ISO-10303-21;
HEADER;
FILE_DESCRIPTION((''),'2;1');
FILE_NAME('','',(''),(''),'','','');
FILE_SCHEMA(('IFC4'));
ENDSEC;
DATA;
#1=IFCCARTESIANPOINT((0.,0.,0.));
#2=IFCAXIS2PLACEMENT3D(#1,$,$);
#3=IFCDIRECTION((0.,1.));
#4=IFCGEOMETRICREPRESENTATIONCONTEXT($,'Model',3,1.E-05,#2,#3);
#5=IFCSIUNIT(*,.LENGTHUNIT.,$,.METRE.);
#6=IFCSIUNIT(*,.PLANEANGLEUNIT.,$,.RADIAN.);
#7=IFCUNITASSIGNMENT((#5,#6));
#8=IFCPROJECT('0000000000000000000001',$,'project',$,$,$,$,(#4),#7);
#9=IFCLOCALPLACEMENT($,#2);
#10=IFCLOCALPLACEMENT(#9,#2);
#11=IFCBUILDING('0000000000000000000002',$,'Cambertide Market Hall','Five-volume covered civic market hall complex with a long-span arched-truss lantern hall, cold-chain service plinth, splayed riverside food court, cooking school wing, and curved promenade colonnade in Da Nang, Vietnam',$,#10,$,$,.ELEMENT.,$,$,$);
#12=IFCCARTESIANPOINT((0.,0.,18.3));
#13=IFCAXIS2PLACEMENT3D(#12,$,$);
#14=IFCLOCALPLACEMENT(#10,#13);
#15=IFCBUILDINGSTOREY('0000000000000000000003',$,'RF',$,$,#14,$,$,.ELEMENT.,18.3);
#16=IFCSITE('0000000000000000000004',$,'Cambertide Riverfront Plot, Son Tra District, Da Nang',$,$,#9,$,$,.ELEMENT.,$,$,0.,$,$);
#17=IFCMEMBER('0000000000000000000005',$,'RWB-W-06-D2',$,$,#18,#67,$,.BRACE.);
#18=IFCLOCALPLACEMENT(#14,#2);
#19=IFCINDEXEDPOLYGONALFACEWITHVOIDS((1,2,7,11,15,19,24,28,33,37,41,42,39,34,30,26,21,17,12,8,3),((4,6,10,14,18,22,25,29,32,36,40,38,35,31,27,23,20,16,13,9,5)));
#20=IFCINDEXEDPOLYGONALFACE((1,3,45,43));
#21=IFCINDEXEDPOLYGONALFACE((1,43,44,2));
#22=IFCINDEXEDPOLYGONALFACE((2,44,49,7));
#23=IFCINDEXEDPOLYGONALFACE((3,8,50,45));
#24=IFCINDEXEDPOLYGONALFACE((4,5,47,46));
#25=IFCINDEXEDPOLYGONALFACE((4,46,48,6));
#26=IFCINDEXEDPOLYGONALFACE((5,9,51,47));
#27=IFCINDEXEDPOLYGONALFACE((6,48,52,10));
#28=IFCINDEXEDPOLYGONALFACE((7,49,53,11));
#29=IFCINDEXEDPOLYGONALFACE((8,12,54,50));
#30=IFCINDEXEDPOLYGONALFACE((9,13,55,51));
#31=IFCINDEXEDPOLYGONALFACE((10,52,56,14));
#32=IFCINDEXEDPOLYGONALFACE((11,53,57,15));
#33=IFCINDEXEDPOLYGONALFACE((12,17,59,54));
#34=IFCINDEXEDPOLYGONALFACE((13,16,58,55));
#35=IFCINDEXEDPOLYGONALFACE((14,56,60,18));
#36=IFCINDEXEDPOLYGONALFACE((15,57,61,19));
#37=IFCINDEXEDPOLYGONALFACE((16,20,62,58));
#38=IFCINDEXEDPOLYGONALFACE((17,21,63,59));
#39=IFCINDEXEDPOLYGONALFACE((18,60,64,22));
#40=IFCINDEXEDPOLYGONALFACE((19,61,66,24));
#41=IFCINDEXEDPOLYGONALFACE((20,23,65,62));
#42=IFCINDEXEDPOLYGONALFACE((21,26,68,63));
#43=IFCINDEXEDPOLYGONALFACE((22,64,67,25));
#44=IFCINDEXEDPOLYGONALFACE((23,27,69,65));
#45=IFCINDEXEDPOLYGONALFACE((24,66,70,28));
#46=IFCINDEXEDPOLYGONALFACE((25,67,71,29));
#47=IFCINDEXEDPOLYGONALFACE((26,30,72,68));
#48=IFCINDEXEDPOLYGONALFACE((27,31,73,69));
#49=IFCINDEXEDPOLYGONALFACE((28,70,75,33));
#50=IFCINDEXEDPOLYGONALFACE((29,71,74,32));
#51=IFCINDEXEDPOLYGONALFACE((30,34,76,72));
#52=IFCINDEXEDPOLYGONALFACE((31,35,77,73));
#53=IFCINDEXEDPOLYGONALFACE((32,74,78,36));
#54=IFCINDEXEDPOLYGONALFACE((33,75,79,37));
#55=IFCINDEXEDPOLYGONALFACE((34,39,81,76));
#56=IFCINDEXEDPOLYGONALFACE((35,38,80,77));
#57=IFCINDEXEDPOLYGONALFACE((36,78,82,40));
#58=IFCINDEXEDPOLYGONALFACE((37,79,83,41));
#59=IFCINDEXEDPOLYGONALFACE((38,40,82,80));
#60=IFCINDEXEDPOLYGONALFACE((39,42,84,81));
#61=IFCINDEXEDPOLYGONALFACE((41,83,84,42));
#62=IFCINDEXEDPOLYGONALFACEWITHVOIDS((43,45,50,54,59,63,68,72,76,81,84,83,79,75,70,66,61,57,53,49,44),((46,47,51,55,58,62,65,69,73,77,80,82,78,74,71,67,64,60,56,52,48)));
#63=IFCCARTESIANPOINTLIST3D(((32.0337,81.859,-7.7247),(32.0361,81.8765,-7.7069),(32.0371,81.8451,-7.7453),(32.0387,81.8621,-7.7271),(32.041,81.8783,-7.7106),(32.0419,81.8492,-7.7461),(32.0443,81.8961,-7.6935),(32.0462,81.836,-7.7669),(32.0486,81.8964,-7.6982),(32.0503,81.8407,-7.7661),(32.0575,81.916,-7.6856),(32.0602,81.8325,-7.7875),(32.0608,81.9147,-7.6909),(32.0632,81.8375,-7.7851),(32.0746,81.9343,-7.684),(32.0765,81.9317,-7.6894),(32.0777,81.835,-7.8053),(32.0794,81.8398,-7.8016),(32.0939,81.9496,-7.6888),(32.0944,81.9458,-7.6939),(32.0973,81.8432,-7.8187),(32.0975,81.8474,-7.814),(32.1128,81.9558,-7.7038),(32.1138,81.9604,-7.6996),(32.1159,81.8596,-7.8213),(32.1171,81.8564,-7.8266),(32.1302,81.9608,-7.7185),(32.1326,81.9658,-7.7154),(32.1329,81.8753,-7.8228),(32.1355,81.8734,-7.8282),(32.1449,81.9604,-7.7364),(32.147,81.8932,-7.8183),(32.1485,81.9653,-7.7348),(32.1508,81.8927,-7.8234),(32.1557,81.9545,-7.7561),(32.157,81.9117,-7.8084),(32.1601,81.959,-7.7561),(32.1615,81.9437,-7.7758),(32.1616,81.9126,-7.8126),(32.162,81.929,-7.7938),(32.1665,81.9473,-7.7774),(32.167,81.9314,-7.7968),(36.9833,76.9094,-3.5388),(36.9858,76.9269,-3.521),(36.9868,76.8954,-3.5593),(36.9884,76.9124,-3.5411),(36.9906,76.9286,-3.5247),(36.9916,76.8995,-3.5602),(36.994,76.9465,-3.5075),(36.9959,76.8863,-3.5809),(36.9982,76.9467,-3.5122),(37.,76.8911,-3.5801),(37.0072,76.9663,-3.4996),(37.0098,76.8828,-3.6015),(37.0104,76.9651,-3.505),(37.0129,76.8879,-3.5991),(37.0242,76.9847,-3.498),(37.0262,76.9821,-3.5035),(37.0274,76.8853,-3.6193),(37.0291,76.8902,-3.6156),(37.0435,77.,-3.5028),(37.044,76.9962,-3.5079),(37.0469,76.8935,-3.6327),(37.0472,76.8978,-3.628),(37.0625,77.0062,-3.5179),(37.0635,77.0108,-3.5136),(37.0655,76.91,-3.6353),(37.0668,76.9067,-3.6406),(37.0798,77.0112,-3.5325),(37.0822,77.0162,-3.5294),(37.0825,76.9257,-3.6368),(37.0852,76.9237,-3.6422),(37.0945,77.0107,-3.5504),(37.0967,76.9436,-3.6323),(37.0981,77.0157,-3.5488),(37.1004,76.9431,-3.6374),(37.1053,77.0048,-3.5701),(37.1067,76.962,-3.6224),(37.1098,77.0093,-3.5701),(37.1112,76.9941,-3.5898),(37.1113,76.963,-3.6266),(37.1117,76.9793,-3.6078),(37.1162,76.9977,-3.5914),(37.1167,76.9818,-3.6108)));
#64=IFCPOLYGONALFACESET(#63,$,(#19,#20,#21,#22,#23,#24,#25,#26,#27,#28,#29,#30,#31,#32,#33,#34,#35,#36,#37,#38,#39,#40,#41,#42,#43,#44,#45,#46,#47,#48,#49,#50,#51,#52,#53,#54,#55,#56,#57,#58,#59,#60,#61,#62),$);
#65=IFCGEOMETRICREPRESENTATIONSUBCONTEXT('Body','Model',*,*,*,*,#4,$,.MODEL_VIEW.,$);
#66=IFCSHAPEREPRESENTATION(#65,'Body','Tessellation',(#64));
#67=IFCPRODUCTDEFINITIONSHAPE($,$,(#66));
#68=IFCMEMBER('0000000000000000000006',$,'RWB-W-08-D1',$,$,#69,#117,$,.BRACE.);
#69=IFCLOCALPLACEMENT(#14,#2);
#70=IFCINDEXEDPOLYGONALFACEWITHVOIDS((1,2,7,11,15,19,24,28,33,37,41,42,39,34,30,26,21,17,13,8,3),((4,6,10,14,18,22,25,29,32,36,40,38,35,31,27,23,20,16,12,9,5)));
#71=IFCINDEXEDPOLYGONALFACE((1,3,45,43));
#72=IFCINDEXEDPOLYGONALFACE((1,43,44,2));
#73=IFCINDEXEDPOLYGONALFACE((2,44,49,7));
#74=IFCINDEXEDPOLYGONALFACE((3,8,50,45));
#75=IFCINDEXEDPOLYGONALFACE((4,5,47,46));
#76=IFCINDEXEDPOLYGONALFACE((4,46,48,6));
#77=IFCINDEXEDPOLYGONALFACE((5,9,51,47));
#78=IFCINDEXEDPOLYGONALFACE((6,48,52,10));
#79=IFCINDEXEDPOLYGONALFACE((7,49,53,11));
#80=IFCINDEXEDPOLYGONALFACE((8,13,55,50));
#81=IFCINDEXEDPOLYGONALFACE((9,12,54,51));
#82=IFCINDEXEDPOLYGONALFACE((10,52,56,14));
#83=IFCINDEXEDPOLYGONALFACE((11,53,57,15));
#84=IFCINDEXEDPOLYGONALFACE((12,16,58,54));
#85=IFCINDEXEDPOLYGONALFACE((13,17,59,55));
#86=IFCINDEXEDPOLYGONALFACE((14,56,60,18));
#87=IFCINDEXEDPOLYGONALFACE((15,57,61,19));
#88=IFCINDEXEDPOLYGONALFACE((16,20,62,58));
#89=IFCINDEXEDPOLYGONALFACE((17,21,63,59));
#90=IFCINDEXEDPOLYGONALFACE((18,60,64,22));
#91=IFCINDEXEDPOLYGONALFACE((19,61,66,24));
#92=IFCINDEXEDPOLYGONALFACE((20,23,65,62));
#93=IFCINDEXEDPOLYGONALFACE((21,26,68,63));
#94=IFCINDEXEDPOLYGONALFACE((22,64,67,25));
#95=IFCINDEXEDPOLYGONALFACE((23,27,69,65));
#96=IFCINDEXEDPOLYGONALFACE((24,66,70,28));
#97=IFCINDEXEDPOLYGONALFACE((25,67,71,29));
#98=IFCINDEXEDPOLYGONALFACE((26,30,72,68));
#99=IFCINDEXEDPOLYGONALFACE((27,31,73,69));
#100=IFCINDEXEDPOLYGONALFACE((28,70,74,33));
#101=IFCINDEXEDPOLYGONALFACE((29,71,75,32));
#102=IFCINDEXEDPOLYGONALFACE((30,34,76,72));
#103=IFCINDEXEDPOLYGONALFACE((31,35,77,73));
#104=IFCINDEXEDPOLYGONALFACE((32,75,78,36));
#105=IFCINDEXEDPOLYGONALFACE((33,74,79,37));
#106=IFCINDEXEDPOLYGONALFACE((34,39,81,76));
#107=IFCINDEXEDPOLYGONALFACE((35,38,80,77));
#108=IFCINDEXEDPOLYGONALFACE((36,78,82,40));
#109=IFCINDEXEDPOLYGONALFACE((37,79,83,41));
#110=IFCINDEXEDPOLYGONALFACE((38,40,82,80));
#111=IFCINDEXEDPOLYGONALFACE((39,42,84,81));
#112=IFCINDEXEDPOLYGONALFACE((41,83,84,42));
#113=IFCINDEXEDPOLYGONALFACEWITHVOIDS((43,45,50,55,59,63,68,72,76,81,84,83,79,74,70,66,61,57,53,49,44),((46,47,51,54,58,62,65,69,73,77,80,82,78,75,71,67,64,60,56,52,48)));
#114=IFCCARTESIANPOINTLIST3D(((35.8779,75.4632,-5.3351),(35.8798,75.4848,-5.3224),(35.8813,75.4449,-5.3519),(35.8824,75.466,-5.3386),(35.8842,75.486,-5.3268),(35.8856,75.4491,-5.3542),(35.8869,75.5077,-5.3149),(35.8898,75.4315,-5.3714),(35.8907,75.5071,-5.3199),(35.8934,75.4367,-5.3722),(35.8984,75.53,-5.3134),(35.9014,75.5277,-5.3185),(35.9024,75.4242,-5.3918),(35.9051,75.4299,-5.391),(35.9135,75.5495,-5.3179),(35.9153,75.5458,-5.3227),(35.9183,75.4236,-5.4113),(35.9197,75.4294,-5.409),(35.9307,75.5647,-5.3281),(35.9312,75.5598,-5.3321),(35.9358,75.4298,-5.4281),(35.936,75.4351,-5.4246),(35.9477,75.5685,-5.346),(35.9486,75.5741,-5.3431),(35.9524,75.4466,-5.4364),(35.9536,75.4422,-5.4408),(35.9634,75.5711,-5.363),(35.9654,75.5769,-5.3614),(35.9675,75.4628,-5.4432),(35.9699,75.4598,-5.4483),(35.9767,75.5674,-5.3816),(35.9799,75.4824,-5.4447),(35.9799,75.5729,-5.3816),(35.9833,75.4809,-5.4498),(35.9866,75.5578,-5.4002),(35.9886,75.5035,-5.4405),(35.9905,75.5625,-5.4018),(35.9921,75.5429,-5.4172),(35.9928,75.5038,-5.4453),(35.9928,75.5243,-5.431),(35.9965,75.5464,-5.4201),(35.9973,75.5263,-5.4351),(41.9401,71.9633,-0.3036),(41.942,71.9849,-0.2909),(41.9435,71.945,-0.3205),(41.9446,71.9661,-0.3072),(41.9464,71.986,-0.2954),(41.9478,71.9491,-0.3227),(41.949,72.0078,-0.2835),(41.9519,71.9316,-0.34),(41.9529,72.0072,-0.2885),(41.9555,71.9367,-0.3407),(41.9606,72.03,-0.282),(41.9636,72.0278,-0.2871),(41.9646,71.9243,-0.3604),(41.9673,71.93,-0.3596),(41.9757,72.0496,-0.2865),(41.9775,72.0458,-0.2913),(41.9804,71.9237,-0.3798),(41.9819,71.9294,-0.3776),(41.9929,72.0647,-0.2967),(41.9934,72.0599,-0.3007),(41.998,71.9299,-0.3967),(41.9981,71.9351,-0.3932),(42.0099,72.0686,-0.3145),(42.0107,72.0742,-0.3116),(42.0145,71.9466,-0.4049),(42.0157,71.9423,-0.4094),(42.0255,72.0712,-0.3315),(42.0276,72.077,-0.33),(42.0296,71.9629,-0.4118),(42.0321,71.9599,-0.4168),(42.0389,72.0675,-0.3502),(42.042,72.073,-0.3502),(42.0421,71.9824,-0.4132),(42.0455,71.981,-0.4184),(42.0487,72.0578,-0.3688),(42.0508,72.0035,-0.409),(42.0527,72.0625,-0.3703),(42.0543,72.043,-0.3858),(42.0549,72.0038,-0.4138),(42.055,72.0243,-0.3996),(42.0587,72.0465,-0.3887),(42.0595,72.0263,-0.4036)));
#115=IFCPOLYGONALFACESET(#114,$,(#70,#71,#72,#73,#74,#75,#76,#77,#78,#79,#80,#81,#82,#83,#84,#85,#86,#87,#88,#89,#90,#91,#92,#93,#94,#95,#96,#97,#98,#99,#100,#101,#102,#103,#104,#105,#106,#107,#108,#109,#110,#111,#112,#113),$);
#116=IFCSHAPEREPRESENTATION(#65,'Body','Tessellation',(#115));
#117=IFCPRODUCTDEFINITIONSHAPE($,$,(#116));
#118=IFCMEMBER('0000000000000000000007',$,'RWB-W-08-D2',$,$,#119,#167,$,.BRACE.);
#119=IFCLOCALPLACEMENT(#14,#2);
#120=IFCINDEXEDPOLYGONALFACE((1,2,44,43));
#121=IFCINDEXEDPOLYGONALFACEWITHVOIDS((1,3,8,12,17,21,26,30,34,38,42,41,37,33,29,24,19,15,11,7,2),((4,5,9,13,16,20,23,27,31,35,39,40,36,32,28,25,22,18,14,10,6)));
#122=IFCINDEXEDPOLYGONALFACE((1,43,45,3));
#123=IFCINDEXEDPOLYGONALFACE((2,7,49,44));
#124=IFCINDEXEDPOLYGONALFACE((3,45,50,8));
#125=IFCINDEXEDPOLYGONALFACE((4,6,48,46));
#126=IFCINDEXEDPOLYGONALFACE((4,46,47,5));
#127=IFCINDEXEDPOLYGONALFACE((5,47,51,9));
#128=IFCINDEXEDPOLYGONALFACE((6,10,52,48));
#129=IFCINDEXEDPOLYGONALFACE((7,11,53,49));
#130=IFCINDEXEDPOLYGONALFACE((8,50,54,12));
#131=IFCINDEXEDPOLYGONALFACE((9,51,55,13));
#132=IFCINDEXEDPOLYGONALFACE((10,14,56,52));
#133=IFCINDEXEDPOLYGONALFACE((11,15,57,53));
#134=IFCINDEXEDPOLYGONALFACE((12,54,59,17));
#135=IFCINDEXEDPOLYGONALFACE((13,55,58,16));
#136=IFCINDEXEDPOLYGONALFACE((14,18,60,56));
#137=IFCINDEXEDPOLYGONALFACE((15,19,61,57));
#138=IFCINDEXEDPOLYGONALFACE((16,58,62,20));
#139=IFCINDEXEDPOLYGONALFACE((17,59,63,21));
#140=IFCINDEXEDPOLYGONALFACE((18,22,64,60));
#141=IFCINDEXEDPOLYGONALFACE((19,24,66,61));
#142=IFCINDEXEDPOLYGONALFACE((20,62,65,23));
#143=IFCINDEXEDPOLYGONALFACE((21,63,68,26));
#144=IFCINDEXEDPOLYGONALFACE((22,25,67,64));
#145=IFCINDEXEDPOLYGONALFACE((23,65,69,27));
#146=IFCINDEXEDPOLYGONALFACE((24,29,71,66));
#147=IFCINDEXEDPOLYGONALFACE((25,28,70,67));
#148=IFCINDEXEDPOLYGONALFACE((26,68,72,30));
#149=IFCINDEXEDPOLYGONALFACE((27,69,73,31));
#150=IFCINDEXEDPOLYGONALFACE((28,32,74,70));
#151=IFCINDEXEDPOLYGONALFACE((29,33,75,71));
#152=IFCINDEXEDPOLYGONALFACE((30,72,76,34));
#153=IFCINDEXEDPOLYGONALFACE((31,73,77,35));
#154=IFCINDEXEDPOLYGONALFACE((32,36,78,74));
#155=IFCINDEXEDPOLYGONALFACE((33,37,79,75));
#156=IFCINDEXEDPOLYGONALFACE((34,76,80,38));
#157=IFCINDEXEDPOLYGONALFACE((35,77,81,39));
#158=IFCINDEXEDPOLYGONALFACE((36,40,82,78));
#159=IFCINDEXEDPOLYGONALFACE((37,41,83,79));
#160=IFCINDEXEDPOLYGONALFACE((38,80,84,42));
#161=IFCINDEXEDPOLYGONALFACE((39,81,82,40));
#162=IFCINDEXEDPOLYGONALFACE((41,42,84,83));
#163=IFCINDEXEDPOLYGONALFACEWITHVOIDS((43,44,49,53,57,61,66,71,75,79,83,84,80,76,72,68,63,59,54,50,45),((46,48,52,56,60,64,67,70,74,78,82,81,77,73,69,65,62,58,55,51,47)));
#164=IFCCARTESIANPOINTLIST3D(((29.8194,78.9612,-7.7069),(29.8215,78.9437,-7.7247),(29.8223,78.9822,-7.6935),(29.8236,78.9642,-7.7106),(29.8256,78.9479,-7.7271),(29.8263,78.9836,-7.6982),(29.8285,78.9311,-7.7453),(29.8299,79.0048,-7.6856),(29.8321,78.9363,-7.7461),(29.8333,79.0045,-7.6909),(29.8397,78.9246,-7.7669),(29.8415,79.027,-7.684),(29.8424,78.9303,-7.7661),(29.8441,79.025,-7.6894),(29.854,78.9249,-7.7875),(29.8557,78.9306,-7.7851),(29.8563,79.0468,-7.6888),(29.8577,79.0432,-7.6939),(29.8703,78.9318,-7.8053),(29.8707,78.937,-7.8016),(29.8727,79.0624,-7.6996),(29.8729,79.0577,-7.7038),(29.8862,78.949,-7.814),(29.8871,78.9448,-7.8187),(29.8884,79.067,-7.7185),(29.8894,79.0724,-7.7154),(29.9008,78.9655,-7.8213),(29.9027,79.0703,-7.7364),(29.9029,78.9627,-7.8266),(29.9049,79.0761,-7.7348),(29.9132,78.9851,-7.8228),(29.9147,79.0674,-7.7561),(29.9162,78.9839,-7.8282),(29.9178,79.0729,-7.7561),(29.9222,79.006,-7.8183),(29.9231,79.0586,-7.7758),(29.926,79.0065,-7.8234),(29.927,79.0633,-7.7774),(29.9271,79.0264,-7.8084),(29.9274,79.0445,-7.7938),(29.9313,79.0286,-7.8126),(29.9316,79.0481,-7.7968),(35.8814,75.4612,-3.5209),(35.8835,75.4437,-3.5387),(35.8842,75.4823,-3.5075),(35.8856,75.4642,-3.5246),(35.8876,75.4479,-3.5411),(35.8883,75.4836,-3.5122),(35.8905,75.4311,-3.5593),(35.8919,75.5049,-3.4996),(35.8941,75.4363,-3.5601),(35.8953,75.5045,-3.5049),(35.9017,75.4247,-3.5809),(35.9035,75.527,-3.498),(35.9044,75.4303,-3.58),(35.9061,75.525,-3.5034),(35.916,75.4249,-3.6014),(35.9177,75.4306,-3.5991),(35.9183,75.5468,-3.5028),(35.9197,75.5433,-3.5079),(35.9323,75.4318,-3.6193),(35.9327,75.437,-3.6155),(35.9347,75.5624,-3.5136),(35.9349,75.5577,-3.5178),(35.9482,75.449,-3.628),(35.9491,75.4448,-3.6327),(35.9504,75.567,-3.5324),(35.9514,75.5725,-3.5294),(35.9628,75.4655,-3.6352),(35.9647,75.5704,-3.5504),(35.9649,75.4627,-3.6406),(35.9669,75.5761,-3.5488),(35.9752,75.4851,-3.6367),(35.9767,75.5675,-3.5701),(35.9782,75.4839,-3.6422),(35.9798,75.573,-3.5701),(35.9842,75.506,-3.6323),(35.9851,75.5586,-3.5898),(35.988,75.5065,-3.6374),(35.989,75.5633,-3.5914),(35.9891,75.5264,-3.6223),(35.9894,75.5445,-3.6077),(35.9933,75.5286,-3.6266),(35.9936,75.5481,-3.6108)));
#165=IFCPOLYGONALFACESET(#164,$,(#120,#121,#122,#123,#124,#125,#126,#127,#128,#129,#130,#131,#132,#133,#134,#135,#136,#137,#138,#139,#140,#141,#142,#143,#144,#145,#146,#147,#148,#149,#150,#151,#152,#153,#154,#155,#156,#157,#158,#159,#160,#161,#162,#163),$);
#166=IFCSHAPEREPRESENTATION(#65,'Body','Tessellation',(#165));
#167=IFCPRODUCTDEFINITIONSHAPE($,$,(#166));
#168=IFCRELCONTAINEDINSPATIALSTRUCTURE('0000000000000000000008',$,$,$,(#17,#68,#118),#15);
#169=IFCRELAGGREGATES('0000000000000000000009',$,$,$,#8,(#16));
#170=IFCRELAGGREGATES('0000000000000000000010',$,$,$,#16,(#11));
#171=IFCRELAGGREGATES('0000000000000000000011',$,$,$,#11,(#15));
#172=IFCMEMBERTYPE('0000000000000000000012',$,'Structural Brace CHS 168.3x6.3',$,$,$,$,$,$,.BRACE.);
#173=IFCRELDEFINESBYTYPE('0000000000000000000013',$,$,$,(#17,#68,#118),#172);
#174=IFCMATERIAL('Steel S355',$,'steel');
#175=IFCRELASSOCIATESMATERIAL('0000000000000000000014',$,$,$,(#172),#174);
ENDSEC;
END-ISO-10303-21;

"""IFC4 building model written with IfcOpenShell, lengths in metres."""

from ifc_helpers import new_model, si_unit, direction, frame, origin, origin_2d, place, context, subcontext, project, spatial, hollow_circle, extrude, material, material_profile, profile_set, type_object, element, save


model = new_model("IFC4")

# Units and contexts
model_context = context("Model", 3, precision=1e-05, world=origin(), true_north=direction((0.0, 1.0)))
body_context = subcontext(model_context, "Body", "Model", "MODEL_VIEW")
ifc_project = project(units=[si_unit("LENGTHUNIT", "METRE"), si_unit("PLANEANGLEUNIT", "RADIAN")], contexts=[model_context])

# Site, building, storey
site_placement = place(None, origin())
site = spatial("IfcSite", under=ifc_project, at=site_placement, Name="Cambertide Riverfront Plot, Son Tra District, Da Nang", CompositionType="ELEMENT", RefElevation=0.0)
building_placement = place(site_placement, origin())
building = spatial("IfcBuilding", under=site, at=building_placement, Name="Cambertide Market Hall", Description="Five-volume covered civic market hall complex with a long-span arched-truss lantern hall, cold-chain service plinth, splayed riverside food court, cooking school wing, and curved promenade colonnade in Da Nang, Vietnam", CompositionType="ELEMENT")
storey_placement = place(building_placement, frame((0.0, 0.0, 18.3)))
storey = spatial("IfcBuildingStorey", under=building, at=storey_placement, Name="RF", CompositionType="ELEMENT", Elevation=18.3)

# Members
ifc_material_1 = material(Name="Steel S355", Category="steel")
ifc_material_profile_1 = material_profile(ifc_material_1, hollow_circle(Radius=0.0842, WallThickness=0.0063, at=origin_2d()), Name="CHS 168.3x6.3")
ifc_profile_set_1 = profile_set([ifc_material_profile_1], Name="Steel S355")
member_type_1 = type_object("IfcMemberType", Name="Structural Brace CHS 168.3x6.3", PredefinedType="BRACE", material=ifc_profile_set_1)
member_1_placement = place(storey_placement, frame((32.1006, 81.8994, -7.7561), z_axis=(0.606871, -0.606871, 0.513239), x_axis=(0.707107, 0.707107, 0.0)))
element("IfcMember", 1, at=member_1_placement, inside=storey, type_object=member_type_1, Name="RWB-W-06-D2", PredefinedType="BRACE", context=body_context, shape_type="SweptSolid", body=[
    extrude(hollow_circle(Radius=0.0842, WallThickness=0.0063, at=origin_2d()), origin(), (0.0, 0.0, 1.0), 8.156),
])
member_2_placement = place(storey_placement, frame((35.9377, 75.5, -5.3816), z_axis=(0.703219, -0.405998, 0.583651), x_axis=(0.499995, 0.866028, 0.0)))
element("IfcMember", 2, at=member_2_placement, inside=storey, type_object=member_type_1, Name="RWB-W-08-D1", PredefinedType="BRACE", context=body_context, shape_type="SweptSolid", body=[
    extrude(hollow_circle(Radius=0.0842, WallThickness=0.0063, at=origin_2d()), origin(), (0.0, 0.0, 1.0), 8.6206),
])
member_3_placement = place(storey_placement, frame((29.8757, 79.0, -7.7561), z_axis=(0.743255, -0.42913, 0.513244), x_axis=(0.50001, 0.866019, 0.0)))
element("IfcMember", 3, at=member_3_placement, inside=storey, type_object=member_type_1, Name="RWB-W-08-D2", PredefinedType="BRACE", context=body_context, shape_type="SweptSolid", body=[
    extrude(hollow_circle(Radius=0.0842, WallThickness=0.0063, at=origin_2d()), origin(), (0.0, 0.0, 1.0), 8.156),
])

save(model, "model.ifc")
